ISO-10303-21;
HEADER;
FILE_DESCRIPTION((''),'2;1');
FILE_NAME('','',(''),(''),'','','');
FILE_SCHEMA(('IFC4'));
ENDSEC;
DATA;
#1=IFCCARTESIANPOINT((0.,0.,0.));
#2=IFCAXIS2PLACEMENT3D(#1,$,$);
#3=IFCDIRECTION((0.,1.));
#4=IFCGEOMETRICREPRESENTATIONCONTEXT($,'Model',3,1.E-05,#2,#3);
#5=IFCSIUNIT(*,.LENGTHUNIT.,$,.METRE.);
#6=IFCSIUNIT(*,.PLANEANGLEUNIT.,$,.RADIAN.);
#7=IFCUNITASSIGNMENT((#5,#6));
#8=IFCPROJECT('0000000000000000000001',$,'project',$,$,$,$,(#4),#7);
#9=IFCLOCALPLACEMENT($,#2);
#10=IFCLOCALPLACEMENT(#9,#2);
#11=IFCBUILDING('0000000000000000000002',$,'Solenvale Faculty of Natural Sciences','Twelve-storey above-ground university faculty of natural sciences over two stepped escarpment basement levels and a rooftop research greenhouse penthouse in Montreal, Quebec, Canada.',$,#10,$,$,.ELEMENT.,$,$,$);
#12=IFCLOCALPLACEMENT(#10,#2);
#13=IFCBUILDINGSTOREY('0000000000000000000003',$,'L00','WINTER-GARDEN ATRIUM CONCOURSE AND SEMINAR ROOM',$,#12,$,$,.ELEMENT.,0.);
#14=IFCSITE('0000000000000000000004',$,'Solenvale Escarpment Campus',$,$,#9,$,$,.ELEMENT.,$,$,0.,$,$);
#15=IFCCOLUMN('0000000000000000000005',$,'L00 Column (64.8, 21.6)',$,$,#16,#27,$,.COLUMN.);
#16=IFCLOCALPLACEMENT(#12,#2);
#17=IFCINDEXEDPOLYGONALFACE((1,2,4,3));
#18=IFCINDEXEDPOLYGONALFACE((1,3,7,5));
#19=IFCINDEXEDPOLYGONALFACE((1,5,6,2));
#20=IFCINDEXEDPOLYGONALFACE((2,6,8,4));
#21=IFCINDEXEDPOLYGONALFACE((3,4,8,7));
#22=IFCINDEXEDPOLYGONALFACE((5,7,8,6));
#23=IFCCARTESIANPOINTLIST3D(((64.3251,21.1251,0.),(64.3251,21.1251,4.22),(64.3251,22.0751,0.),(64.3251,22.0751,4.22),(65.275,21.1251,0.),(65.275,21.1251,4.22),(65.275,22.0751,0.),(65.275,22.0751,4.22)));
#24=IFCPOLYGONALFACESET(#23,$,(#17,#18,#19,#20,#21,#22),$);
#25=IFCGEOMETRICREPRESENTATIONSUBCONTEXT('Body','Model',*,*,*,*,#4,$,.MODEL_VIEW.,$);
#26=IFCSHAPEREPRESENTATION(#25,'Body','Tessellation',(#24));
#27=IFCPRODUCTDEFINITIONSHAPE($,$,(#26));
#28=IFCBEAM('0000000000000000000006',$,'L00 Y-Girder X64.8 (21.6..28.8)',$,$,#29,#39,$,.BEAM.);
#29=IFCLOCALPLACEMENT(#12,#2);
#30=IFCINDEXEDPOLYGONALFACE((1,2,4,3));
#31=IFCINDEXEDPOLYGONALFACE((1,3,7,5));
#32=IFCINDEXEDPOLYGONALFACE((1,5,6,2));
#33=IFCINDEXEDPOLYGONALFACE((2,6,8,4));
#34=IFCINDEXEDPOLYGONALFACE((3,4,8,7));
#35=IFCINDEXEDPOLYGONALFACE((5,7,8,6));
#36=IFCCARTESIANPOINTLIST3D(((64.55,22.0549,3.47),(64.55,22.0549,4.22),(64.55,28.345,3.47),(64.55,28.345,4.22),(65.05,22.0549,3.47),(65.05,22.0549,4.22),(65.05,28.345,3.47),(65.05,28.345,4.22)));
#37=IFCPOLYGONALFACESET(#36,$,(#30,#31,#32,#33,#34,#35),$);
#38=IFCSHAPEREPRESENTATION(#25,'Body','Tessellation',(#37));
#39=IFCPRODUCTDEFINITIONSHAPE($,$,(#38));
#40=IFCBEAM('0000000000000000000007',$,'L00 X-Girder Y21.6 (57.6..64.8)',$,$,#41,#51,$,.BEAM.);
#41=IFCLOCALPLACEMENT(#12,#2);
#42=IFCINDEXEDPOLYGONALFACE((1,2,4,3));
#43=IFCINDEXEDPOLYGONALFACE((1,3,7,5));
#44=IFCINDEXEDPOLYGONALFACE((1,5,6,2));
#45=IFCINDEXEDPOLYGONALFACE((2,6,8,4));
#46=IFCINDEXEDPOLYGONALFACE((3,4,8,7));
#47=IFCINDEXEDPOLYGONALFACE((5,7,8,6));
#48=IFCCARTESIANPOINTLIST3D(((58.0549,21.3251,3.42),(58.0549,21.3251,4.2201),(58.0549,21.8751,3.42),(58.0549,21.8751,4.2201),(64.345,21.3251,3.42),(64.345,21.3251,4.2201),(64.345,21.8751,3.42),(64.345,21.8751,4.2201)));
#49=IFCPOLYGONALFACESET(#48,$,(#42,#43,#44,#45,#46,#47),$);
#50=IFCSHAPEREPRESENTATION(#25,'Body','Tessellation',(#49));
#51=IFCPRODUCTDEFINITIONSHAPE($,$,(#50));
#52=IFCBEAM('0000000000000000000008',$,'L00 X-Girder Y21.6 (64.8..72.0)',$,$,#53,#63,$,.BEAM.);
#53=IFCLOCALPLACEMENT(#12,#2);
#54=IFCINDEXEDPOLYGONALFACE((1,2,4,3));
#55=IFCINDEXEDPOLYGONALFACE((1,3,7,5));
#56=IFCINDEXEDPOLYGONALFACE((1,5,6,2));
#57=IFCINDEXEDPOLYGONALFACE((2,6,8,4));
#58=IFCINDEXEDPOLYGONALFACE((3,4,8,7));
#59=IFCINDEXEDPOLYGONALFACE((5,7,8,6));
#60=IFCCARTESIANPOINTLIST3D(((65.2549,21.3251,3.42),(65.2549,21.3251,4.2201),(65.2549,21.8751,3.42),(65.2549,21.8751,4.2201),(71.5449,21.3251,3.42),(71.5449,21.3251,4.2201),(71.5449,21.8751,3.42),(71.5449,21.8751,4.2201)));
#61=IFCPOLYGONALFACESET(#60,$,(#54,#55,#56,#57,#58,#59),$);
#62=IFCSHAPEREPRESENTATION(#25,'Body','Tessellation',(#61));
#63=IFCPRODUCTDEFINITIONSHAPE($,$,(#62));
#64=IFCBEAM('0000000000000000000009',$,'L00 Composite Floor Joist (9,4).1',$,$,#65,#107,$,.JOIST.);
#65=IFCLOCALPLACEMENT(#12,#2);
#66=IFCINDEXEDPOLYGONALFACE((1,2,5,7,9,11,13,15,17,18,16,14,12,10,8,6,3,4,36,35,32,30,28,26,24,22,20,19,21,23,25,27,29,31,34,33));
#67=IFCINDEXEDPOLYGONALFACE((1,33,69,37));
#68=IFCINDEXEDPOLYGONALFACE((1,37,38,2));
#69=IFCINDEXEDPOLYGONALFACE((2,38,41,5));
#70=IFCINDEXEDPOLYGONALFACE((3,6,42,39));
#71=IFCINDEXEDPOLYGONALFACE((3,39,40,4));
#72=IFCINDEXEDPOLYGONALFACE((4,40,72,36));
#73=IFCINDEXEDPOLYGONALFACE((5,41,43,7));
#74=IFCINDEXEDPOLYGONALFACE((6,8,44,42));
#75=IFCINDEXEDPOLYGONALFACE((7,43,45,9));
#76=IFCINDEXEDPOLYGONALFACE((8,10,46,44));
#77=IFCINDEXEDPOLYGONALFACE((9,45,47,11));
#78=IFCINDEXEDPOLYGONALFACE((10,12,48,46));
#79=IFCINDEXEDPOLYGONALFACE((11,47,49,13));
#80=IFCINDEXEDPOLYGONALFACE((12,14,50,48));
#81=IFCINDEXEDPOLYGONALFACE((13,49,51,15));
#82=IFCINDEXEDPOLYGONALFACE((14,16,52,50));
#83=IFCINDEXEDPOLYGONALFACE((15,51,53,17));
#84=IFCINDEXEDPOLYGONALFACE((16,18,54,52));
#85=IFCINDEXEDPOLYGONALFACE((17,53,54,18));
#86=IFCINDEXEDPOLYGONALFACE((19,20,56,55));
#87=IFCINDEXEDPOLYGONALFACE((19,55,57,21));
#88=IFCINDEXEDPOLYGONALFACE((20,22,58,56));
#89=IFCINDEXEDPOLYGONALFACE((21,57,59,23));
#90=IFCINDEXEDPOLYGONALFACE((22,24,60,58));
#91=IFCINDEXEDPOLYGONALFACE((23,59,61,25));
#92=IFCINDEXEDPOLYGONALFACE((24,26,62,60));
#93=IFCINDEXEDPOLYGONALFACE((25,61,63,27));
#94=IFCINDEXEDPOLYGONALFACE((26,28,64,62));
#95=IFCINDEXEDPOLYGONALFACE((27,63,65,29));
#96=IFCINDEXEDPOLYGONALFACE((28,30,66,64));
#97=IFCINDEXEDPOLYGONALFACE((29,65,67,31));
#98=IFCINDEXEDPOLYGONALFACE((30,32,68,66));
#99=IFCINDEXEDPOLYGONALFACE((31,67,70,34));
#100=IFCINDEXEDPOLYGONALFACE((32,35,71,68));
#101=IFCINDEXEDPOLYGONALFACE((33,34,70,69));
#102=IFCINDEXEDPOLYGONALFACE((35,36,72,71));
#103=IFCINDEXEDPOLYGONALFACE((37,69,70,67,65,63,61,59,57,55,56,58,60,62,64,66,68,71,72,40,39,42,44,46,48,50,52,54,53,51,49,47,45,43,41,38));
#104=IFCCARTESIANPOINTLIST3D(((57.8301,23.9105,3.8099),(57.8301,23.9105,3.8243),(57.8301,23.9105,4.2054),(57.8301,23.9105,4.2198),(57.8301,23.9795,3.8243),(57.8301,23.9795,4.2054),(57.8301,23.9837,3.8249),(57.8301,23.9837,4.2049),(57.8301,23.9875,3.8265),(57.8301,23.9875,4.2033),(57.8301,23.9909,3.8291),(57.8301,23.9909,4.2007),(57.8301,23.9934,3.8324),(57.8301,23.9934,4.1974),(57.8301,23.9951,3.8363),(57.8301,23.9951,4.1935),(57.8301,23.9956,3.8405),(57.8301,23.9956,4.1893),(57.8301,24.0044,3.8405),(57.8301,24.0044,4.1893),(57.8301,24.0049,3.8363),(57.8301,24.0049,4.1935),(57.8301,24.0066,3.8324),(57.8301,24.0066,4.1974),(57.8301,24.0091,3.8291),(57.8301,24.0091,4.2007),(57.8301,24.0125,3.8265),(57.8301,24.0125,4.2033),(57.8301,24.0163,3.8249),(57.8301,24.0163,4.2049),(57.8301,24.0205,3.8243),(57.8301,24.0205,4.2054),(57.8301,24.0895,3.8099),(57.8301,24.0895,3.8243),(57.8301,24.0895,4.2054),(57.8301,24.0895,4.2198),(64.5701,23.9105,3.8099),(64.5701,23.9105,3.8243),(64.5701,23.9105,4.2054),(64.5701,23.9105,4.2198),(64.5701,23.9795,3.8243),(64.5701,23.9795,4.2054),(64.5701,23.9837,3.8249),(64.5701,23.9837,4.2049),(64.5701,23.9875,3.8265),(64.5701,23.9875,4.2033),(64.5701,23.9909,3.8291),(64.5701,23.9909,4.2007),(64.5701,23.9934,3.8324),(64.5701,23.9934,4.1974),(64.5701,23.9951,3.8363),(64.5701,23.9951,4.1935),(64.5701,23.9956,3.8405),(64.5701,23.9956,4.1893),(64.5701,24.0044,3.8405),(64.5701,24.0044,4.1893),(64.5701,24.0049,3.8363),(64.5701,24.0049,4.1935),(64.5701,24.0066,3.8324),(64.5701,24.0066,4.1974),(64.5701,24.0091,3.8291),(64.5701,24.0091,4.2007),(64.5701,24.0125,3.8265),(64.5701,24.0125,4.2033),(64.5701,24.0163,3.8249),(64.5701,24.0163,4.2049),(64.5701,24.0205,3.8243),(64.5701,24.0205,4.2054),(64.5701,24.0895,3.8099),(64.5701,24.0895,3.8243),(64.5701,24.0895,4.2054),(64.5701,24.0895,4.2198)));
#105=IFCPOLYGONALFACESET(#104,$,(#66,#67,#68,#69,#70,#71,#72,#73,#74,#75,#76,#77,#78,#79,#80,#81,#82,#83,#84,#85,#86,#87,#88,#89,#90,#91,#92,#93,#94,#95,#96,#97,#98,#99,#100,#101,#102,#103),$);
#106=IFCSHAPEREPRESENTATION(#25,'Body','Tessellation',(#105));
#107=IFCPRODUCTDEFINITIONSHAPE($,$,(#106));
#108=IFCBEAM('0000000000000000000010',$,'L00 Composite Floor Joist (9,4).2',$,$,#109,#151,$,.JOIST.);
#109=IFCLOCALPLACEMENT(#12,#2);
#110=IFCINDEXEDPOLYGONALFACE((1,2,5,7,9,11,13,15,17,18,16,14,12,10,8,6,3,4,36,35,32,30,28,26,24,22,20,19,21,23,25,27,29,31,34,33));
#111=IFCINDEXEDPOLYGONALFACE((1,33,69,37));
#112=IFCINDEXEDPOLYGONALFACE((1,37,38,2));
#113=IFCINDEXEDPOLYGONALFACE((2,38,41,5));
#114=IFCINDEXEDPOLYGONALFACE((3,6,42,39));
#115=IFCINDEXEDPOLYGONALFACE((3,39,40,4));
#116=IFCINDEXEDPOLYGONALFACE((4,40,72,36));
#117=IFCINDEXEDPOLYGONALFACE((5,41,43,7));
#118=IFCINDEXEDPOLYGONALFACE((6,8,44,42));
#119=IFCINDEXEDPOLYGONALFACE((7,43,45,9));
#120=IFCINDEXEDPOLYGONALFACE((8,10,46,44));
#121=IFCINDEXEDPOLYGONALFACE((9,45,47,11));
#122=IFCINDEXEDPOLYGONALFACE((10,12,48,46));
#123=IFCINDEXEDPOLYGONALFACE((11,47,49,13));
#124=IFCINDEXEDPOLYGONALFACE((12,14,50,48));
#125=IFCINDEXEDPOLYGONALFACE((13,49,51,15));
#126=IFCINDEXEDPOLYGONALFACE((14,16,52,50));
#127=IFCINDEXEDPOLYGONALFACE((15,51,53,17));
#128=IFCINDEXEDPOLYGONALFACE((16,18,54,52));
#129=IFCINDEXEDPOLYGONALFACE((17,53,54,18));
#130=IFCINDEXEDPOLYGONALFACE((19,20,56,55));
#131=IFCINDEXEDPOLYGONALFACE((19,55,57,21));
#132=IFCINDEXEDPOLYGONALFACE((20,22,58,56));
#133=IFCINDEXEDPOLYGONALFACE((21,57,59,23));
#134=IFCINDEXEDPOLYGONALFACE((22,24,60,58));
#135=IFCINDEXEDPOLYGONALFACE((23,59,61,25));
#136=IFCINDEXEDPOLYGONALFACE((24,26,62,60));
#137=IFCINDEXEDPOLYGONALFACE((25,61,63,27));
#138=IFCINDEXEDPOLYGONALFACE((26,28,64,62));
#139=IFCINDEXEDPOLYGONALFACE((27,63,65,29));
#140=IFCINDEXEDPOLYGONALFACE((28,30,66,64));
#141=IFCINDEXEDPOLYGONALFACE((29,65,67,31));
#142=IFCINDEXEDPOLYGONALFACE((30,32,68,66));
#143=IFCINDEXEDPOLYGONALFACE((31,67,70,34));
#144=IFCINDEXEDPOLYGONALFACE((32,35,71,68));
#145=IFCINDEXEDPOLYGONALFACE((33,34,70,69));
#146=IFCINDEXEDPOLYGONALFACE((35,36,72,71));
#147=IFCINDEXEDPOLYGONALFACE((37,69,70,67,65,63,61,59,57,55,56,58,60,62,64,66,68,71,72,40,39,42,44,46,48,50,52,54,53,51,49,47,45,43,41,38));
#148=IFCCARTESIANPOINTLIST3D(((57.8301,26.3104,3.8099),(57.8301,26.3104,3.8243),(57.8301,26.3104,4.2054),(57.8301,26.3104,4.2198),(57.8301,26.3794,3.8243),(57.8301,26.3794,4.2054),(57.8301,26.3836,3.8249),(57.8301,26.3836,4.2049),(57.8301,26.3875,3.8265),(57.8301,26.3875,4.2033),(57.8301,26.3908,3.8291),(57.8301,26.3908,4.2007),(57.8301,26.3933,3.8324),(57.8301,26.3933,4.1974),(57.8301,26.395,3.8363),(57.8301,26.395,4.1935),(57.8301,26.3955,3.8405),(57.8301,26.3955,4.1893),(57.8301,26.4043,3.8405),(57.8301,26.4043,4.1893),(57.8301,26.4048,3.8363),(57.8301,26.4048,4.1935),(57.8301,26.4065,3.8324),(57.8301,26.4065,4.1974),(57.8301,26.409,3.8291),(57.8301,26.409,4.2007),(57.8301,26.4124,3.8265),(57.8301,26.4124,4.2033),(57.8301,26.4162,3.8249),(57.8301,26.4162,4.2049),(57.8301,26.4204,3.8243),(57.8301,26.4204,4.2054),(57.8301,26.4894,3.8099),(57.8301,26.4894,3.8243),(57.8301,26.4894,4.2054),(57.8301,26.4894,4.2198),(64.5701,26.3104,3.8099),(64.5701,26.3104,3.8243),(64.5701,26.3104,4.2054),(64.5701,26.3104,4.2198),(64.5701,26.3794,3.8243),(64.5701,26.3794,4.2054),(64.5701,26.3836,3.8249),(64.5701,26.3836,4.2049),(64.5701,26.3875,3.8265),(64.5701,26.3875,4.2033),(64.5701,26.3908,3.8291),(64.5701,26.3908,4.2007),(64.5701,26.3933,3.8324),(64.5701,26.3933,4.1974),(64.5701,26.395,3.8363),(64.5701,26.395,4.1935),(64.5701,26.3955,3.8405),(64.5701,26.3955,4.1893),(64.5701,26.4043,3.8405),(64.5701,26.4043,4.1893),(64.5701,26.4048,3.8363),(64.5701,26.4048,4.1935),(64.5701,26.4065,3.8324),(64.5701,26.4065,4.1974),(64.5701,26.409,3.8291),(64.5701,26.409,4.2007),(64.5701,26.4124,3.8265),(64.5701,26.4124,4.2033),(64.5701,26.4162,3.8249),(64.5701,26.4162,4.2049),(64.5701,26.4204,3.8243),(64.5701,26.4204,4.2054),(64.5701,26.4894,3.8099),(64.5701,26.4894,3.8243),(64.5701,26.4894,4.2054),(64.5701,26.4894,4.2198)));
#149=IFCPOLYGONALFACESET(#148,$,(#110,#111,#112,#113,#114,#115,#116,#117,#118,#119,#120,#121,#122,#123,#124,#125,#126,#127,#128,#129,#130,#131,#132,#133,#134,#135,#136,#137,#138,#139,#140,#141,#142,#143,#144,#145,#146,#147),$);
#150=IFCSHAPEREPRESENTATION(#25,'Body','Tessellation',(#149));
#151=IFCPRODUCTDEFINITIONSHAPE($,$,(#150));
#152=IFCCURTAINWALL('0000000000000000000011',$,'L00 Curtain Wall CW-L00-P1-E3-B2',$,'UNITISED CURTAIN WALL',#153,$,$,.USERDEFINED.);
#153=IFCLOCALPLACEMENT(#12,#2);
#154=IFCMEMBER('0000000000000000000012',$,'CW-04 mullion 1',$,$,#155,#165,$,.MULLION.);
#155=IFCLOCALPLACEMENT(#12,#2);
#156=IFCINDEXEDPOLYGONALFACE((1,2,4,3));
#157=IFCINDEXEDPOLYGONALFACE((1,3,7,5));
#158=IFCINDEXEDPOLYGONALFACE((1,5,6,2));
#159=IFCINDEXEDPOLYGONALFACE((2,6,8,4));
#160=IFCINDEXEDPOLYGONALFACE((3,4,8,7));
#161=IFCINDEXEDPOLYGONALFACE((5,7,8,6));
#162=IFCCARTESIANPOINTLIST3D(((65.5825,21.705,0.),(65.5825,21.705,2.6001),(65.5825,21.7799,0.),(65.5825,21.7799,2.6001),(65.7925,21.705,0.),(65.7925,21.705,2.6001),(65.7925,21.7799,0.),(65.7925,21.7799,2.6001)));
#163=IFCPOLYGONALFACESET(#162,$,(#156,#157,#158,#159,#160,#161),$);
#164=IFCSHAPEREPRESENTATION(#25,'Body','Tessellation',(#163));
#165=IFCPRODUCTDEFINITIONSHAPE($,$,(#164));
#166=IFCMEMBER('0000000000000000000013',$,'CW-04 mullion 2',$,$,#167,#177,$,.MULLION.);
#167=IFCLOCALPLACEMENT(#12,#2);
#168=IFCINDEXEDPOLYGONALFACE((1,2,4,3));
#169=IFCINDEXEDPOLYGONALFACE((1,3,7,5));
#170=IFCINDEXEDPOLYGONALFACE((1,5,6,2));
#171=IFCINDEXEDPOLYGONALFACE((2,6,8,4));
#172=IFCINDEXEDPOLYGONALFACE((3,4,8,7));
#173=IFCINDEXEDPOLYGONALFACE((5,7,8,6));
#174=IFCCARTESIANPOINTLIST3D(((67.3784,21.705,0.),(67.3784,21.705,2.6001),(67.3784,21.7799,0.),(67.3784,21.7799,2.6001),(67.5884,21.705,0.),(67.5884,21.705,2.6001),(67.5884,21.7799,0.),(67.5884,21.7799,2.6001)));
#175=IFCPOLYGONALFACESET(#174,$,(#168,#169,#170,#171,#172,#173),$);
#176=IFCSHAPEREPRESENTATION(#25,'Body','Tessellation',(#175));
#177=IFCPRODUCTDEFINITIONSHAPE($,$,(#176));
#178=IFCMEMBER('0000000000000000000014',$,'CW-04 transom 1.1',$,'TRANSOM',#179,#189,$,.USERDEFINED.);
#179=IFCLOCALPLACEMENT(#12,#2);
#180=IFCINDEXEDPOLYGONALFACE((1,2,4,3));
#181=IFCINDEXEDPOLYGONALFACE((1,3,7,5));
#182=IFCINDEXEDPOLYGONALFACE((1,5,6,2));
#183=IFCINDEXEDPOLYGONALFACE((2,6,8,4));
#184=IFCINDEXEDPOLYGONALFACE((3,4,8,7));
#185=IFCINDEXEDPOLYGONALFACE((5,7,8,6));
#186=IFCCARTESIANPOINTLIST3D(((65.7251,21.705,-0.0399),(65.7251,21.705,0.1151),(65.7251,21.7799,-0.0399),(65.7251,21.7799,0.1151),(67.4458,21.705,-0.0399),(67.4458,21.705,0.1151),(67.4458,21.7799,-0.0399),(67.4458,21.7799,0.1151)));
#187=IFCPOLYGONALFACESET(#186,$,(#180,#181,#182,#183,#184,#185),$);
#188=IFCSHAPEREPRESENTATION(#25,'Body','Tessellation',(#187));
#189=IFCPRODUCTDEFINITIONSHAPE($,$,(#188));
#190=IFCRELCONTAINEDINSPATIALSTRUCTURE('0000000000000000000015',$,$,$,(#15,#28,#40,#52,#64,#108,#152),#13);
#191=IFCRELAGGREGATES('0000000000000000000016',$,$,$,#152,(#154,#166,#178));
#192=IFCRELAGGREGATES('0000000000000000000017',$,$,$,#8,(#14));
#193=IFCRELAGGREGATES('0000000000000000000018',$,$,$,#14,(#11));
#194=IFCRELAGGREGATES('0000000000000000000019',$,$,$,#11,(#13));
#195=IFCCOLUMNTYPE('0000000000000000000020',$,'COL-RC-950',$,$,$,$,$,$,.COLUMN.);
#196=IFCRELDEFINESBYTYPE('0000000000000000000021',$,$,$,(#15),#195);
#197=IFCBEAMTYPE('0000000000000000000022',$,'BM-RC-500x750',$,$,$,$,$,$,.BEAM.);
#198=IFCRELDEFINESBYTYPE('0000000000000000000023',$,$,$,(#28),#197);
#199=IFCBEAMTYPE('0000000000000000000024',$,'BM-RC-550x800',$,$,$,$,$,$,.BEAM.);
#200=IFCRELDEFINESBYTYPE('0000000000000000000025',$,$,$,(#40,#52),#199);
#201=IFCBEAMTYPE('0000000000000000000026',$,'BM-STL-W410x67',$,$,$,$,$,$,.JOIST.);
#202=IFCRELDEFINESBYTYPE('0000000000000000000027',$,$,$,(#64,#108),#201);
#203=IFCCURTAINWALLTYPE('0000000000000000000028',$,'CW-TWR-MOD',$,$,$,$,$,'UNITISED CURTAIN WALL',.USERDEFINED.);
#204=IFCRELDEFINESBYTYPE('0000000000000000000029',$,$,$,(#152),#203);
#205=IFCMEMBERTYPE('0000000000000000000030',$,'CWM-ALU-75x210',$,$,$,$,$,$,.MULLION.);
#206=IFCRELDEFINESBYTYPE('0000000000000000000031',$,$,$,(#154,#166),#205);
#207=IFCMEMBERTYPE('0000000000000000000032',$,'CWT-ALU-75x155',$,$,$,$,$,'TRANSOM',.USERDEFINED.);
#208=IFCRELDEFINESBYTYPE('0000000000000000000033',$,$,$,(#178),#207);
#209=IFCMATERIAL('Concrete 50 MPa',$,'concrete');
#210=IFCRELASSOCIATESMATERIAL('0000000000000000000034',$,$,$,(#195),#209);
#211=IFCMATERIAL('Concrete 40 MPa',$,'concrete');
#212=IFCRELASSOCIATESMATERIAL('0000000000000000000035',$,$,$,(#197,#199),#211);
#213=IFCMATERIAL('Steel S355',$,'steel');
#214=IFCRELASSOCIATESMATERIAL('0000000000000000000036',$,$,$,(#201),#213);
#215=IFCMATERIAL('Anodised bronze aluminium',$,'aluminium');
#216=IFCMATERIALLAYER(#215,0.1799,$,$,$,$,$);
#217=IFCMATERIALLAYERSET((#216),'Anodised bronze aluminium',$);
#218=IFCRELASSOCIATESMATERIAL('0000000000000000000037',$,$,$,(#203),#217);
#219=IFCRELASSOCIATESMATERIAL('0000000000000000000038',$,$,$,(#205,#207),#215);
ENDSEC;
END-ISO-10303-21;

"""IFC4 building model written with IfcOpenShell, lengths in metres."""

from ifc_helpers import new_model, si_unit, direction, frame, origin, origin_2d, place, context, subcontext, project, spatial, rectangle, i_section, extrude, material, layer, layer_set, material_profile, profile_set, type_object, element, aggregate, save


model = new_model("IFC4")

# Units and contexts
model_context = context("Model", 3, precision=1e-05, world=origin(), true_north=direction((0.0, 1.0)))
body_context = subcontext(model_context, "Body", "Model", "MODEL_VIEW")
ifc_project = project(units=[si_unit("LENGTHUNIT", "METRE"), si_unit("PLANEANGLEUNIT", "RADIAN")], contexts=[model_context])

# Site, building, storey
site_placement = place(None, origin())
site = spatial("IfcSite", under=ifc_project, at=site_placement, Name="Solenvale Escarpment Campus", CompositionType="ELEMENT", RefElevation=0.0)
building_placement = place(site_placement, origin())
building = spatial("IfcBuilding", under=site, at=building_placement, Name="Solenvale Faculty of Natural Sciences", Description="Twelve-storey above-ground university faculty of natural sciences over two stepped escarpment basement levels and a rooftop research greenhouse penthouse in Montreal, Quebec, Canada.", CompositionType="ELEMENT")
storey_placement = place(building_placement, origin())
storey = spatial("IfcBuildingStorey", under=building, at=storey_placement, Name="L00", Description="WINTER-GARDEN ATRIUM CONCOURSE AND SEMINAR ROOM", CompositionType="ELEMENT", Elevation=0.0)

# Column
ifc_material_1 = material(Name="Concrete 50 MPa", Category="concrete")
ifc_material_profile_1 = material_profile(ifc_material_1, rectangle(XDim=0.95, YDim=0.95, at=origin_2d()), Name="RC-COL-950x950")
ifc_profile_set_1 = profile_set([ifc_material_profile_1], Name="Concrete 50 MPa")
column_type = type_object("IfcColumnType", Name="COL-RC-950", PredefinedType="COLUMN", material=ifc_profile_set_1)
column_placement = place(storey_placement, frame((64.8, 21.6001, 0.0), z_axis=(0.0, 0.0, 1.0), x_axis=(1.0, 0.0, 0.0)))
element("IfcColumn", 1, at=column_placement, inside=storey, type_object=column_type, Name="L00 Column (64.8, 21.6)", PredefinedType="COLUMN", context=body_context, shape_type="SweptSolid", body=[
    extrude(rectangle(XDim=0.95, YDim=0.95, at=origin_2d()), origin(), (0.0, 0.0, 1.0), 4.22),
])

# Beams
ifc_material_2 = material(Name="Concrete 40 MPa", Category="concrete")
ifc_material_profile_2 = material_profile(ifc_material_2, rectangle(XDim=0.5, YDim=0.75, at=origin_2d()), Name="RC-BM-500x750")
ifc_profile_set_2 = profile_set([ifc_material_profile_2], Name="Concrete 40 MPa")
beam_type_1 = type_object("IfcBeamType", Name="BM-RC-500x750", PredefinedType="BEAM", material=ifc_profile_set_2)
beam_placement = place(storey_placement, frame((64.8, 22.0549, 3.845), z_axis=(0.0, 1.0, 0.0), x_axis=(-1.0, 0.0, 0.0)))
element("IfcBeam", 2, at=beam_placement, inside=storey, type_object=beam_type_1, Name="L00 Y-Girder X64.8 (21.6..28.8)", PredefinedType="BEAM", context=body_context, shape_type="SweptSolid", body=[
    extrude(rectangle(XDim=0.5, YDim=0.75, at=origin_2d()), origin(), (0.0, 0.0, 1.0), 6.29),
])
ifc_material_profile_3 = material_profile(ifc_material_2, rectangle(XDim=0.55, YDim=0.8, at=origin_2d()), Name="RC-BM-550x800")
ifc_profile_set_3 = profile_set([ifc_material_profile_3], Name="Concrete 40 MPa")
beam_type_2 = type_object("IfcBeamType", Name="BM-RC-550x800", PredefinedType="BEAM", material=ifc_profile_set_3)
for number, where, z_axis, x_axis, name in (
    (3, (58.0549, 21.6001, 3.8201), (1.0, 0.0, 0.0), (0.0, 1.0, 0.0), "L00 X-Girder Y21.6 (57.6..64.8)"),
    (4, (65.2549, 21.6001, 3.8201), (1.0, 0.0, 0.0), (0.0, 1.0, 0.0), "L00 X-Girder Y21.6 (64.8..72.0)"),
):
    element("IfcBeam", number, at=place(storey_placement, frame(where, z_axis=z_axis, x_axis=x_axis)), inside=storey, type_object=beam_type_2, Name=name, PredefinedType="BEAM", context=body_context, shape_type="SweptSolid", body=[
        extrude(rectangle(XDim=0.55, YDim=0.8, at=origin_2d()), origin(), (0.0, 0.0, 1.0), 6.29),
    ])
ifc_material_3 = material(Name="Steel S355", Category="steel")
ifc_material_profile_4 = material_profile(ifc_material_3, i_section(OverallWidth=0.179, OverallDepth=0.4099, WebThickness=0.0088, FlangeThickness=0.0144, FilletRadius=0.0161, at=origin_2d()), Name="W410x67")
ifc_profile_set_4 = profile_set([ifc_material_profile_4], Name="Steel S355")
beam_type_3 = type_object("IfcBeamType", Name="BM-STL-W410x67", PredefinedType="JOIST", material=ifc_profile_set_4)
for number, where, z_axis, x_axis, name in (
    (5, (57.8301, 24.0, 4.0149), (1.0, 0.0, 0.0), (0.0, 1.0, 0.0), "L00 Composite Floor Joist (9,4).1"),
    (6, (57.8301, 26.3999, 4.0149), (1.0, 0.0, 0.0), (0.0, 1.0, 0.0), "L00 Composite Floor Joist (9,4).2"),
):
    element("IfcBeam", number, at=place(storey_placement, frame(where, z_axis=z_axis, x_axis=x_axis)), inside=storey, type_object=beam_type_3, Name=name, PredefinedType="JOIST", context=body_context, shape_type="SweptSolid", body=[
        extrude(i_section(OverallWidth=0.179, OverallDepth=0.4099, WebThickness=0.0088, FlangeThickness=0.0144, FilletRadius=0.0161, at=origin_2d()), origin(), (0.0, 0.0, 1.0), 6.74),
    ])

# Curtain wall, members
ifc_material_4 = material(Name="Anodised bronze aluminium", Category="aluminium")
ifc_layer_1 = layer(ifc_material_4, 0.1799)
ifc_layer_set_1 = layer_set([ifc_layer_1], Name="Anodised bronze aluminium")
curtain_wall_type = type_object("IfcCurtainWallType", Name="CW-TWR-MOD", ElementType="UNITISED CURTAIN WALL", PredefinedType="USERDEFINED", material=ifc_layer_set_1)
curtain_wall_placement = place(storey_placement, origin())
curtain_wall = element("IfcCurtainWall", 7, at=curtain_wall_placement, inside=storey, type_object=curtain_wall_type, Name="L00 Curtain Wall CW-L00-P1-E3-B2", ObjectType="UNITISED CURTAIN WALL", PredefinedType="USERDEFINED")
ifc_material_profile_5 = material_profile(ifc_material_4, rectangle(XDim=0.075, YDim=0.21, at=origin_2d()), Name="ALU-MUL-75x210")
ifc_profile_set_5 = profile_set([ifc_material_profile_5], Name="Anodised bronze aluminium")
member_type_1 = type_object("IfcMemberType", Name="CWM-ALU-75x210", PredefinedType="MULLION", material=ifc_profile_set_5)
member_1_placement = place(storey_placement, frame((65.6875, 21.7424, 0.0), z_axis=(0.0, 0.0, 1.0), x_axis=(0.0, 1.0, 0.0)))
member_1 = element("IfcMember", 8, at=member_1_placement, type_object=member_type_1, Name="CW-04 mullion 1", PredefinedType="MULLION", context=body_context, shape_type="SweptSolid", body=[
    extrude(rectangle(XDim=0.075, YDim=0.21, at=origin_2d()), origin(), (0.0, 0.0, 1.0), 2.6001),
])
member_2_placement = place(storey_placement, frame((67.4834, 21.7424, 0.0), z_axis=(0.0, 0.0, 1.0), x_axis=(0.0, 1.0, 0.0)))
member_2 = element("IfcMember", 9, at=member_2_placement, type_object=member_type_1, Name="CW-04 mullion 2", PredefinedType="MULLION", context=body_context, shape_type="SweptSolid", body=[
    extrude(rectangle(XDim=0.075, YDim=0.21, at=origin_2d()), origin(), (0.0, 0.0, 1.0), 2.6001),
])
ifc_material_profile_6 = material_profile(ifc_material_4, rectangle(XDim=0.075, YDim=0.155, at=origin_2d()), Name="ALU-TRN-75x155")
ifc_profile_set_6 = profile_set([ifc_material_profile_6], Name="Anodised bronze aluminium")
member_type_2 = type_object("IfcMemberType", Name="CWT-ALU-75x155", ElementType="TRANSOM", PredefinedType="USERDEFINED", material=ifc_profile_set_6)
member_3_placement = place(storey_placement, frame((65.7251, 21.7424, 0.0376), z_axis=(1.0, 0.0, 0.0), x_axis=(0.0, 1.0, 0.0)))
member_3 = element("IfcMember", 10, at=member_3_placement, type_object=member_type_2, Name="CW-04 transom 1.1", ObjectType="TRANSOM", PredefinedType="USERDEFINED", context=body_context, shape_type="SweptSolid", body=[
    extrude(rectangle(XDim=0.075, YDim=0.155, at=origin_2d()), origin(), (0.0, 0.0, 1.0), 1.7207),
])
aggregate(curtain_wall, [member_1, member_2, member_3])

save(model, "model.ifc")
